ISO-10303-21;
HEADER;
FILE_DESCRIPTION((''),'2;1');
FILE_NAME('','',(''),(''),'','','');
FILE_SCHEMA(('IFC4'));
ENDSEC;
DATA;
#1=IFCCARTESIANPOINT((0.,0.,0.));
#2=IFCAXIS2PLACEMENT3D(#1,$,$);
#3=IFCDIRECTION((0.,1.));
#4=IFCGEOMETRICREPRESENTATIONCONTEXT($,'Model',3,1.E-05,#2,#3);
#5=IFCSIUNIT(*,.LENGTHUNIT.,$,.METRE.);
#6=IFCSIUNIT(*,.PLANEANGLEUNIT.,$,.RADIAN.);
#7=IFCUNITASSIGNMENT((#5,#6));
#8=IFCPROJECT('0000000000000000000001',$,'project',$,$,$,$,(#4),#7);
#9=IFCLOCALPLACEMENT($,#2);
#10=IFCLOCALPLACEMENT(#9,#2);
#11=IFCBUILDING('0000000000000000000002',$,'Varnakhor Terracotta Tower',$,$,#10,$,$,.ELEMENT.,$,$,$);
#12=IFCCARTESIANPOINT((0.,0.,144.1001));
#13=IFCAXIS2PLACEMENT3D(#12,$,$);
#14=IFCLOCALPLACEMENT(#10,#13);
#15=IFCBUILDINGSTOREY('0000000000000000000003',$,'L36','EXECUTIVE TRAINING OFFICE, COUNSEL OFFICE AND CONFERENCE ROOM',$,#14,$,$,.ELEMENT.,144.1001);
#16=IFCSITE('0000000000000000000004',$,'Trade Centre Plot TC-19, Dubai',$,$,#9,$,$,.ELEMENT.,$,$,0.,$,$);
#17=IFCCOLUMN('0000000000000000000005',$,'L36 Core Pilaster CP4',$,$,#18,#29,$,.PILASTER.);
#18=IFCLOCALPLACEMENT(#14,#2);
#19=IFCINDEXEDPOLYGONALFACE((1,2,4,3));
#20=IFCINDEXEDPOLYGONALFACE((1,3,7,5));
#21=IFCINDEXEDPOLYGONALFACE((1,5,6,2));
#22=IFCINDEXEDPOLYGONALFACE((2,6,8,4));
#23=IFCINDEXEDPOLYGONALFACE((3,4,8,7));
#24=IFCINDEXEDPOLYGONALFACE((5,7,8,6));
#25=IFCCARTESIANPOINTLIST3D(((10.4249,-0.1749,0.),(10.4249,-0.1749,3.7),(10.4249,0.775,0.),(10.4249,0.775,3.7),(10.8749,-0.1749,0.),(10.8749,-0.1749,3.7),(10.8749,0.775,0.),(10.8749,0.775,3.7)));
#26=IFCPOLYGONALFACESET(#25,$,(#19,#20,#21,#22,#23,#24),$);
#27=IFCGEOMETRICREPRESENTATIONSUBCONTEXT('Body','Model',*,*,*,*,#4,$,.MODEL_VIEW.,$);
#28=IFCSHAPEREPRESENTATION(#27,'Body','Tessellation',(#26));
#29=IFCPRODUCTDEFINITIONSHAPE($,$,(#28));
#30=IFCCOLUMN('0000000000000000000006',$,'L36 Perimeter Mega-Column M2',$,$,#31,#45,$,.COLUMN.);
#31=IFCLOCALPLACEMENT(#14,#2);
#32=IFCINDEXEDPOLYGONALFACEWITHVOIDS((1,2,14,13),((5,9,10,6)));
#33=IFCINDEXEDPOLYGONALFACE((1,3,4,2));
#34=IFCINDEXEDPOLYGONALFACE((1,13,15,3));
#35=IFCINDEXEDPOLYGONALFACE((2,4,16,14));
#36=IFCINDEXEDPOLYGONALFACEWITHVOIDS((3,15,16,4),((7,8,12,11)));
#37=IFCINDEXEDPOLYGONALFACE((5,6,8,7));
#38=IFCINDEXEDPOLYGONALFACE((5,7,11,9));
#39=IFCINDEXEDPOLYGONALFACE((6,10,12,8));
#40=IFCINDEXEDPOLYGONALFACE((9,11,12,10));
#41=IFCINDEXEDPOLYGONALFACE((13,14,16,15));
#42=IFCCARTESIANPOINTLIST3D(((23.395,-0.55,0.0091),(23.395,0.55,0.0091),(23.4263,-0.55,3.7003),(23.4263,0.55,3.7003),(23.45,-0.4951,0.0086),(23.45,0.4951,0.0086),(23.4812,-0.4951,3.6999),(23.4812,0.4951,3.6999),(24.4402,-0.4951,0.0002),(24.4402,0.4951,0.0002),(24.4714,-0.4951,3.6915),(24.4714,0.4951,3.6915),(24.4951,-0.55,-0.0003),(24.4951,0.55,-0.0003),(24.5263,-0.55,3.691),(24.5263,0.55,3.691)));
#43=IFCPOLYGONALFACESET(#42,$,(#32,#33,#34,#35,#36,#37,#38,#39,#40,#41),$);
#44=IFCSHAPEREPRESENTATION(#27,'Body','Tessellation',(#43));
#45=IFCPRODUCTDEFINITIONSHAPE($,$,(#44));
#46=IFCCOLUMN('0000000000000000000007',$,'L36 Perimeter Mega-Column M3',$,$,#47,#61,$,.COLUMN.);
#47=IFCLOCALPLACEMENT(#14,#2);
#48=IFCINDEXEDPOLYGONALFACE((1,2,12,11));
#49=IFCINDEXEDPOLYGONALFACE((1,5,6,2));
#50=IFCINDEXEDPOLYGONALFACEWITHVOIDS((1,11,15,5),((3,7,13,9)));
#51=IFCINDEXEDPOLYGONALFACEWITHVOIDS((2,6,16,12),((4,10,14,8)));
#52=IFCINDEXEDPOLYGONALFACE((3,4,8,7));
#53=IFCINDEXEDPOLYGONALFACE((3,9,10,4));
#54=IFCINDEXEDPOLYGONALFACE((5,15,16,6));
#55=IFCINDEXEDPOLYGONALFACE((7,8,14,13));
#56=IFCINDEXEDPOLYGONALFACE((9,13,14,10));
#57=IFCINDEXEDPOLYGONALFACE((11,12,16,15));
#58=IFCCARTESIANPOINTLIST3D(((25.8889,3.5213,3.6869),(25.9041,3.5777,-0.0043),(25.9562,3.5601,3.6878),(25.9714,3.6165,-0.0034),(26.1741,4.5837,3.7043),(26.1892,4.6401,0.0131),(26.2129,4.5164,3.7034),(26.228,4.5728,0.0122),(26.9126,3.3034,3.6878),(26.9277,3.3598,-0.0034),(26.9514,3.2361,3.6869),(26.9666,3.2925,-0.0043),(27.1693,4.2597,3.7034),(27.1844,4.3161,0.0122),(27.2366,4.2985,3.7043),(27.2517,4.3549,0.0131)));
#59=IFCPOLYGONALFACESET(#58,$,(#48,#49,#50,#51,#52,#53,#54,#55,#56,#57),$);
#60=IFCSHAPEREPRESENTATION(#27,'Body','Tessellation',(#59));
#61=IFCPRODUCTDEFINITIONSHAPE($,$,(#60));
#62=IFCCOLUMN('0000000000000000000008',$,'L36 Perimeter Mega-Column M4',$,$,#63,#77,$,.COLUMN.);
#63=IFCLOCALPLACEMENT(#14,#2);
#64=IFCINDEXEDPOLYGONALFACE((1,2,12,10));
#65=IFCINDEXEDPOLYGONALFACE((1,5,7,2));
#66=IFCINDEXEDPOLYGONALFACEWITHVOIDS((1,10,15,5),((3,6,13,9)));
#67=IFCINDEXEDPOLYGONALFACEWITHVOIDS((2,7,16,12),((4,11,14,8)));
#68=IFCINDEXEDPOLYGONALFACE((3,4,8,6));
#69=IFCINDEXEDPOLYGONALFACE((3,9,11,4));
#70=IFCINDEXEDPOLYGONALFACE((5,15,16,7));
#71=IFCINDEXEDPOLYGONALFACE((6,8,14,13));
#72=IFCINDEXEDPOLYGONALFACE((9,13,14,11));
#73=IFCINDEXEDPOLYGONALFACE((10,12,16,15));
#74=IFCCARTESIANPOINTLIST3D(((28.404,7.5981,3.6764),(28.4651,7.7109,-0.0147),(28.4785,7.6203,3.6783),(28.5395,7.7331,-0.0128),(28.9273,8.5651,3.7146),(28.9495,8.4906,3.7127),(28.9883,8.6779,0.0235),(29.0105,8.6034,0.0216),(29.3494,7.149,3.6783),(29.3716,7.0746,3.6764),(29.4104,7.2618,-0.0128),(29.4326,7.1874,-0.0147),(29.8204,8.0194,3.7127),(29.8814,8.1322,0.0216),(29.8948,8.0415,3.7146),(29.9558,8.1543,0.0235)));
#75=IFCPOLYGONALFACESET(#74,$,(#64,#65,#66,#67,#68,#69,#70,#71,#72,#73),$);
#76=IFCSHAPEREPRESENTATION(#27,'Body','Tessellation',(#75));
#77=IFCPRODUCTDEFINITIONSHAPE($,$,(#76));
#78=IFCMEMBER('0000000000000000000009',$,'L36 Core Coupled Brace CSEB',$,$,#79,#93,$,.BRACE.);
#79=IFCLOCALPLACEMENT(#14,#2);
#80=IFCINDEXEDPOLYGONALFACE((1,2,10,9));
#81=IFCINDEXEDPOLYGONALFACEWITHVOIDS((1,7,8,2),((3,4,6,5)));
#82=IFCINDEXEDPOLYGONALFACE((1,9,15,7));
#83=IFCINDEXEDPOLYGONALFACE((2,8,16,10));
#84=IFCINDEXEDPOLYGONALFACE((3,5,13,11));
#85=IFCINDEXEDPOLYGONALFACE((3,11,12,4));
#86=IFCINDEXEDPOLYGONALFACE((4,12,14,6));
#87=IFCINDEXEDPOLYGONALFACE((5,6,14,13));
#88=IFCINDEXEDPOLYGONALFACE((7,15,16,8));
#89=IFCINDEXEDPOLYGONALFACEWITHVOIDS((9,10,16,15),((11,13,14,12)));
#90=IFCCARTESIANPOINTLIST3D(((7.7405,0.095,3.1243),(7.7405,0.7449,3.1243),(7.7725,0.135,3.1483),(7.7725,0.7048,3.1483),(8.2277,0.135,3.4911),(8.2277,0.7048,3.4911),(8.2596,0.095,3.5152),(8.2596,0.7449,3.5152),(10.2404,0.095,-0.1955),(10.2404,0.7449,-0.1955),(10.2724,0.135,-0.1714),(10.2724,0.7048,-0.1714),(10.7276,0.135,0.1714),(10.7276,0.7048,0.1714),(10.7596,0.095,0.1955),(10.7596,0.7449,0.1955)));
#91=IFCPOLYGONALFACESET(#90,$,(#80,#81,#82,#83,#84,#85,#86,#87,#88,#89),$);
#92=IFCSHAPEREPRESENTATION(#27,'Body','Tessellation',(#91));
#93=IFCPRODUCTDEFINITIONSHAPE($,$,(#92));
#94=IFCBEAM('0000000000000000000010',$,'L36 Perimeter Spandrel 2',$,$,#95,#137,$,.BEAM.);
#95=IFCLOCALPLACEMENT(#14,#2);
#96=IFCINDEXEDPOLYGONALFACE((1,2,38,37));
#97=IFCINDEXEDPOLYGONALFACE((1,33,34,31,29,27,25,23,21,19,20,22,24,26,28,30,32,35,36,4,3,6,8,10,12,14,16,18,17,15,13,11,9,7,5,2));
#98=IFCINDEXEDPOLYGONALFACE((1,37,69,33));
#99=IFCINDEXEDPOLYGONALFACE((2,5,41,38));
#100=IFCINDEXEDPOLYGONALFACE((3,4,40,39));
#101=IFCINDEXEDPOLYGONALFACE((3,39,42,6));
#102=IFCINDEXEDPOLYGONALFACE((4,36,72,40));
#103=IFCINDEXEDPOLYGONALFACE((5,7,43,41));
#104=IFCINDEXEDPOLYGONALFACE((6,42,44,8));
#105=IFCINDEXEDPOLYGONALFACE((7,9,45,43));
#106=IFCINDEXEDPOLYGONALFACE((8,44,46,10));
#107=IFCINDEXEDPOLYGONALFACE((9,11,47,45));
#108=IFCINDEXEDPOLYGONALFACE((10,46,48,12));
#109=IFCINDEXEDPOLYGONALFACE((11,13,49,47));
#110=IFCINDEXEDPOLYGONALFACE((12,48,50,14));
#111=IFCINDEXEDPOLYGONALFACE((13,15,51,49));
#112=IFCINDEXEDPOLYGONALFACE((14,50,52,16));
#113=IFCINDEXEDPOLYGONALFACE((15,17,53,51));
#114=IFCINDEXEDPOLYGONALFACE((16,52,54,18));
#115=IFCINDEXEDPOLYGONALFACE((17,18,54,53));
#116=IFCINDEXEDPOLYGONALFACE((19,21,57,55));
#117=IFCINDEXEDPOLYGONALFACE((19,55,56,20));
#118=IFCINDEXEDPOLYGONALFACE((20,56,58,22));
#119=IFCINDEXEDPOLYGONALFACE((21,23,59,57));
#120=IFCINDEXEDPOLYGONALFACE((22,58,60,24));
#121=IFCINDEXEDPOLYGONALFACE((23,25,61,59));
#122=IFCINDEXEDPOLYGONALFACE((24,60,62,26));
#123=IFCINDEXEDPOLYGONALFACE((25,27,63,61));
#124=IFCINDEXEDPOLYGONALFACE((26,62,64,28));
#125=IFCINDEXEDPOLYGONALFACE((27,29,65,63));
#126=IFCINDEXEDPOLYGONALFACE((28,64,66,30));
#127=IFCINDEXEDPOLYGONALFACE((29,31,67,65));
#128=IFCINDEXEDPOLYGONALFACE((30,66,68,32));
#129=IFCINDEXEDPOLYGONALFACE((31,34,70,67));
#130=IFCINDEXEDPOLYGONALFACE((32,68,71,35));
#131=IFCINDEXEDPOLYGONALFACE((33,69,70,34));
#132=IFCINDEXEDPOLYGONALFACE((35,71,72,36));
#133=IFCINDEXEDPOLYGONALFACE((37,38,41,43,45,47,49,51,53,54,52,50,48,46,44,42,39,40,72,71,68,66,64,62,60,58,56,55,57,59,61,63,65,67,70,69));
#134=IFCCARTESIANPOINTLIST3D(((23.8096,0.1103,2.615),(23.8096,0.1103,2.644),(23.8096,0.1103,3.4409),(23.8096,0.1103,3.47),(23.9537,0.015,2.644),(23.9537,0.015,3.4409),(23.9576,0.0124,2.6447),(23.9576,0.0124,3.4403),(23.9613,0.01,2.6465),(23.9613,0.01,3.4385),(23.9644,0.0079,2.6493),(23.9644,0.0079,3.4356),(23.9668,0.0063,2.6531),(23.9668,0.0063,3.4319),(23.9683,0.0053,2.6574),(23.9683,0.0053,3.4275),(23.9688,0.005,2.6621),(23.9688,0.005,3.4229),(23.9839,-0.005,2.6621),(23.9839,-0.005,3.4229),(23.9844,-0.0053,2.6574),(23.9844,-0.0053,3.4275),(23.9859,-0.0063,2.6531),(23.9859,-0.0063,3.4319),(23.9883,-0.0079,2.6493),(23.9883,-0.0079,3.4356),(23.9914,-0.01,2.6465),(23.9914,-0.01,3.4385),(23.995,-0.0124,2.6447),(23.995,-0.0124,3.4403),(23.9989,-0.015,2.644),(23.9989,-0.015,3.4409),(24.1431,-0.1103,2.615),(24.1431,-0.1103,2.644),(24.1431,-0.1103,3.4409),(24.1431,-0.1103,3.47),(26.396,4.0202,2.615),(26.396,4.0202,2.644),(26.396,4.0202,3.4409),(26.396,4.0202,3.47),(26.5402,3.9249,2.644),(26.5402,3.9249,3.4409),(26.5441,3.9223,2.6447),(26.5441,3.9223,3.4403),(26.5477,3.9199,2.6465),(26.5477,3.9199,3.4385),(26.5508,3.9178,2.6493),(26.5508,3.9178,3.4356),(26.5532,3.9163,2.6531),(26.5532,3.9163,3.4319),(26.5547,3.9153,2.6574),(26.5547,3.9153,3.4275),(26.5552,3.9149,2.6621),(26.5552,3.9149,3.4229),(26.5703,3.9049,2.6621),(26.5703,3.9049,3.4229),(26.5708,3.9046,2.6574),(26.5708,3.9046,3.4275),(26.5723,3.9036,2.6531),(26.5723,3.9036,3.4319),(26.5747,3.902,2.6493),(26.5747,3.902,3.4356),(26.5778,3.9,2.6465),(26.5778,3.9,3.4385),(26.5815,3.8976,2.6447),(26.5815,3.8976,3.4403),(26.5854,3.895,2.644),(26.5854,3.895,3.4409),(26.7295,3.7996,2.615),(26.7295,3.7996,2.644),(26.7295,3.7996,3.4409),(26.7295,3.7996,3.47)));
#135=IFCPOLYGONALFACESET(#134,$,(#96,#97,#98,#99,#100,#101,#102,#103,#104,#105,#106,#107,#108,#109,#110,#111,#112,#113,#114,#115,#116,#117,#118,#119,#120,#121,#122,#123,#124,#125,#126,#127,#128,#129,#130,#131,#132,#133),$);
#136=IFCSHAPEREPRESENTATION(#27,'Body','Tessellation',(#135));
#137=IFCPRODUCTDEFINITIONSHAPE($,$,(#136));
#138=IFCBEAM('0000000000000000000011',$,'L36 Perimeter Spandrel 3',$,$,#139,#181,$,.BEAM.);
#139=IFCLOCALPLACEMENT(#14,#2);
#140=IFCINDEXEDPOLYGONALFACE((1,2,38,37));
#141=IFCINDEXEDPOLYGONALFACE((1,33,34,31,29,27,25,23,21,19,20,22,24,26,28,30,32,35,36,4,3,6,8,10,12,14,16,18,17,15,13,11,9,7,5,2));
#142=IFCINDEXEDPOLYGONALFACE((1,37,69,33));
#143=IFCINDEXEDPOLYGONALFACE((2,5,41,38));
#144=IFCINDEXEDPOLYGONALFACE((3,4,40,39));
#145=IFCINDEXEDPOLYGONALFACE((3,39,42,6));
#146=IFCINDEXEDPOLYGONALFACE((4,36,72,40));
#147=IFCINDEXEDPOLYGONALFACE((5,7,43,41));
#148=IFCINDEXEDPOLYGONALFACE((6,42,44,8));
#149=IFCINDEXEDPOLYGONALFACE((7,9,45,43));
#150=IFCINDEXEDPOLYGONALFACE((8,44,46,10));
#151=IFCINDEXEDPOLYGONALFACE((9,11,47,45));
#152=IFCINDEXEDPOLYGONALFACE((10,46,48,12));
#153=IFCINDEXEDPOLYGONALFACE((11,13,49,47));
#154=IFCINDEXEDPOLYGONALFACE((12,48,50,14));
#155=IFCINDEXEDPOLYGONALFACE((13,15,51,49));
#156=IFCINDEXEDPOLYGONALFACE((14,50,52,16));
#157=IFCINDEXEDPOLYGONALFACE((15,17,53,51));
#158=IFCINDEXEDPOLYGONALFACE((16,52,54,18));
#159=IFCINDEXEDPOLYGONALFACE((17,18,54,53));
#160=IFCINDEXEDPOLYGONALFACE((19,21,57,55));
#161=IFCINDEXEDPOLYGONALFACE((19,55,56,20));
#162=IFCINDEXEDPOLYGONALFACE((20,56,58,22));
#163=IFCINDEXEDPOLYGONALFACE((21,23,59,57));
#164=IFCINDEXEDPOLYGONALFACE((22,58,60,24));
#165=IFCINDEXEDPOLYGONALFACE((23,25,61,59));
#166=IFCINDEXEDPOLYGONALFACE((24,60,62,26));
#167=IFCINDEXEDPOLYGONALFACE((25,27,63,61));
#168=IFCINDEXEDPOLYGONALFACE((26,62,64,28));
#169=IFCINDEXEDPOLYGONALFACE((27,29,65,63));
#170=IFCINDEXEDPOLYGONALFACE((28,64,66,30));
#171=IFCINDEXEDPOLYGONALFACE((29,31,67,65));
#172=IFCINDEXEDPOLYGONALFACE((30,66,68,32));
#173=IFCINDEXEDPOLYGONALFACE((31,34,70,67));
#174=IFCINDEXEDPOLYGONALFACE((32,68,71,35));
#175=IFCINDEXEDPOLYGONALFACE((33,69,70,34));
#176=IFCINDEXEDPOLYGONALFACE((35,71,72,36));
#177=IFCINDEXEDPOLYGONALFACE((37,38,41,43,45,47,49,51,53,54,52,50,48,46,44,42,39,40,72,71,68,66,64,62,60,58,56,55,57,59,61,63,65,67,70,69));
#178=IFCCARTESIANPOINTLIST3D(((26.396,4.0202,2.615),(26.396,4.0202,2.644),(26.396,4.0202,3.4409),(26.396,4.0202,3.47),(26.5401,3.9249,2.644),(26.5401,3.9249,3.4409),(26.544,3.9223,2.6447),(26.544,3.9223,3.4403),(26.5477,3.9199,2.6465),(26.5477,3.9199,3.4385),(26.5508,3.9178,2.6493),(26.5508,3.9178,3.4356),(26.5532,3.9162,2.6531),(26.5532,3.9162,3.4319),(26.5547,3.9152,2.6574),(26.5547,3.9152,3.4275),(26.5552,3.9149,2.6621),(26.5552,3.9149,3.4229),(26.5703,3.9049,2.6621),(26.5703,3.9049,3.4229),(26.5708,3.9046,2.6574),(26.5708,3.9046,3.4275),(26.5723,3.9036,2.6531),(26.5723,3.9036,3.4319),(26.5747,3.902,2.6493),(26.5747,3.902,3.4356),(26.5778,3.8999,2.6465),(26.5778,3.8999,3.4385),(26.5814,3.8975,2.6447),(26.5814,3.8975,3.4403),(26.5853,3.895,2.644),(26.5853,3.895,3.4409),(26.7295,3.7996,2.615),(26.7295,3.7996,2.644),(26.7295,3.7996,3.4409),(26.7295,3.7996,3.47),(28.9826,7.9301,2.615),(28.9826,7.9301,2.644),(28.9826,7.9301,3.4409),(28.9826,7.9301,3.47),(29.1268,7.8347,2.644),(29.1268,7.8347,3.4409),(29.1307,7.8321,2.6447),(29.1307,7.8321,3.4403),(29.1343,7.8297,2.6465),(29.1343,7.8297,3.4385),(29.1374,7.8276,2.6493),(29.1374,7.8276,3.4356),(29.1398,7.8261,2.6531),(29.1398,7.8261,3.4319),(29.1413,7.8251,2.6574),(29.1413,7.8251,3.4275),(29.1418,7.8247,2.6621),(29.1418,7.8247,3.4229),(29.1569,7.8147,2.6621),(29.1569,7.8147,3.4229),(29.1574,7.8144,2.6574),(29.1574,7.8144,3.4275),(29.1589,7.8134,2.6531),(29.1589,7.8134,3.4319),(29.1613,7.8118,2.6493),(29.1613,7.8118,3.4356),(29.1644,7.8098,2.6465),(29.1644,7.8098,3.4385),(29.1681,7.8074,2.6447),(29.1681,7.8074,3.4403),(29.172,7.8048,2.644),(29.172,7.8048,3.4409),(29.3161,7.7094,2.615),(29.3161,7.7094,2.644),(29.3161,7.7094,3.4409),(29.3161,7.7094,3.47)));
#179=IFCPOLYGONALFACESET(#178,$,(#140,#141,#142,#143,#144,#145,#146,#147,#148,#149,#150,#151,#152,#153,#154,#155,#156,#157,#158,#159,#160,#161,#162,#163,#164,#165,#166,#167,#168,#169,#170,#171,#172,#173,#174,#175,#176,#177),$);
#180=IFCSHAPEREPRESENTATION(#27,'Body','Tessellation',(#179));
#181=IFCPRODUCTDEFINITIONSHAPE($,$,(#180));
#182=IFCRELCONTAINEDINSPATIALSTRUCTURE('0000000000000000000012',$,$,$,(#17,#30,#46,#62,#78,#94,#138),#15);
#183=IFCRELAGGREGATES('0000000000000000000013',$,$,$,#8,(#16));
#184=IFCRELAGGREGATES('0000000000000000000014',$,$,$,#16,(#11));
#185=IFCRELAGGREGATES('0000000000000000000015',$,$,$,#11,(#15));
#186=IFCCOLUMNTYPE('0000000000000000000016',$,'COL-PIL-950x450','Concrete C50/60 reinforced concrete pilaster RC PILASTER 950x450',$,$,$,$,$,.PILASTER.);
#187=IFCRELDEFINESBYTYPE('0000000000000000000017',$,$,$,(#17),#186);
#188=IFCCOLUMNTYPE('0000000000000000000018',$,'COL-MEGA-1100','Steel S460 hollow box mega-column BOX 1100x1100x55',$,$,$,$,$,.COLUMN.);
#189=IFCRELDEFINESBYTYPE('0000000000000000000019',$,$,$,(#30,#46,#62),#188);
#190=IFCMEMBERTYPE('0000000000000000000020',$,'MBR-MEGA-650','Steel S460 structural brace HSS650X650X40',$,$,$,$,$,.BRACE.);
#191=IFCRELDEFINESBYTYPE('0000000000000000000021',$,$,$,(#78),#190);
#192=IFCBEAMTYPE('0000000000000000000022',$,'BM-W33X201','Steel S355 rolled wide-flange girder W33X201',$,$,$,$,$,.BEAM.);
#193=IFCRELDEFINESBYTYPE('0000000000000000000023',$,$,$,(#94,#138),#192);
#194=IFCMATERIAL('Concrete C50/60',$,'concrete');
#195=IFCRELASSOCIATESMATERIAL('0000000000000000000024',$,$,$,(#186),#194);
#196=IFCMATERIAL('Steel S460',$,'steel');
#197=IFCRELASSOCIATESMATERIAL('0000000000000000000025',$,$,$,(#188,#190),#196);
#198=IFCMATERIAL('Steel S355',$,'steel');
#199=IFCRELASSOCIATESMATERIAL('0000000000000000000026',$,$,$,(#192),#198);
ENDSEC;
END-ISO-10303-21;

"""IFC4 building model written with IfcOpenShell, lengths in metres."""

from ifc_helpers import new_model, si_unit, direction, frame, origin, origin_2d, place, context, subcontext, project, spatial, rectangle, hollow_rectangle, i_section, extrude, source, transform, mapped, material, material_profile, profile_set, type_object, element, save


model = new_model("IFC4")

# Units and contexts
model_context = context("Model", 3, precision=1e-05, world=origin(), true_north=direction((0.0, 1.0)))
body_context = subcontext(model_context, "Body", "Model", "MODEL_VIEW")
ifc_project = project(units=[si_unit("LENGTHUNIT", "METRE"), si_unit("PLANEANGLEUNIT", "RADIAN")], contexts=[model_context])

# Site, building, storey
site_placement = place(None, origin())
site = spatial("IfcSite", under=ifc_project, at=site_placement, Name="Trade Centre Plot TC-19, Dubai", CompositionType="ELEMENT", RefElevation=0.0)
building_placement = place(site_placement, origin())
building = spatial("IfcBuilding", under=site, at=building_placement, Name="Varnakhor Terracotta Tower", CompositionType="ELEMENT")
storey_placement = place(building_placement, frame((0.0, 0.0, 144.1001)))
storey = spatial("IfcBuildingStorey", under=building, at=storey_placement, Name="L36", Description="EXECUTIVE TRAINING OFFICE, COUNSEL OFFICE AND CONFERENCE ROOM", CompositionType="ELEMENT", Elevation=144.1001)

# Columns
ifc_material_1 = material(Name="Concrete C50/60", Category="concrete")
ifc_material_profile_1 = material_profile(ifc_material_1, rectangle(XDim=0.45, YDim=0.95, at=origin_2d()), Name="RC PILASTER 950x450")
ifc_profile_set_1 = profile_set([ifc_material_profile_1], Name="Concrete C50/60")
column_type_1 = type_object("IfcColumnType", Name="COL-PIL-950x450", Description="Concrete C50/60 reinforced concrete pilaster RC PILASTER 950x450", PredefinedType="PILASTER", material=ifc_profile_set_1)
shared_shape_1 = source(origin(), body_context, "Body", "SweptSolid", [
    extrude(rectangle(XDim=0.45, YDim=0.95, at=origin_2d()), origin(), (0.0, 0.0, 1.0), 3.7),
])
column_1_placement = place(storey_placement, frame((10.6499, 0.3, 0.0), z_axis=(0.0, 0.0, 1.0), x_axis=(1.0, 0.0, 0.0)))
element("IfcColumn", 1, at=column_1_placement, inside=storey, type_object=column_type_1, Name="L36 Core Pilaster CP4", PredefinedType="PILASTER", context=body_context, shape_type="MappedRepresentation", body=[
    mapped(shared_shape_1, transform((0.0, 0.0, 0.0), scale=1.0)),
])
ifc_material_2 = material(Name="Steel S460", Category="steel")
ifc_material_profile_2 = material_profile(ifc_material_2, hollow_rectangle(XDim=1.1001, YDim=1.1001, WallThickness=0.0549, at=origin_2d()), Name="BOX 1100x1100x55")
ifc_profile_set_2 = profile_set([ifc_material_profile_2], Name="Steel S460")
column_type_2 = type_object("IfcColumnType", Name="COL-MEGA-1100", Description="Steel S460 hollow box mega-column BOX 1100x1100x55", PredefinedType="COLUMN", material=ifc_profile_set_2)
shared_shape_2 = source(origin(), body_context, "Body", "SweptSolid", [
    extrude(hollow_rectangle(XDim=1.1001, YDim=1.1001, WallThickness=0.0549, at=origin_2d()), origin(), (0.0, 0.0, 1.0), 3.6914),
])
column_2_placement = place(storey_placement, frame((23.9451, 0.0, 0.0044), z_axis=(0.008466, 0.0, 0.999964), x_axis=(0.0, 1.0, 0.0)))
element("IfcColumn", 2, at=column_2_placement, inside=storey, type_object=column_type_2, Name="L36 Perimeter Mega-Column M2", PredefinedType="COLUMN", context=body_context, shape_type="MappedRepresentation", body=[
    mapped(shared_shape_2, transform((0.0, 0.0, 0.0), scale=1.0)),
])
shared_shape_3 = source(origin(), body_context, "Body", "SweptSolid", [
    extrude(hollow_rectangle(XDim=1.1001, YDim=1.1001, WallThickness=0.0549, at=origin_2d()), origin(), (0.0, 0.0, 1.0), 3.6917),
])
column_3_placement = place(storey_placement, frame((26.5779, 3.9663, 0.0044), z_axis=(-0.0041, -0.015277, 0.999875), x_axis=(0.965817, -0.259224, 0.0)))
element("IfcColumn", 3, at=column_3_placement, inside=storey, type_object=column_type_2, Name="L36 Perimeter Mega-Column M3", PredefinedType="COLUMN", context=body_context, shape_type="MappedRepresentation", body=[
    mapped(shared_shape_3, transform((0.0, 0.0, 0.0), scale=1.0)),
])
shared_shape_4 = source(origin(), body_context, "Body", "SweptSolid", [
    extrude(hollow_rectangle(XDim=1.1001, YDim=1.1001, WallThickness=0.0549, at=origin_2d()), origin(), (0.0, 0.0, 1.0), 3.6934),
])
column_4_placement = place(storey_placement, frame((29.2104, 7.9326, 0.0044), z_axis=(-0.016526, -0.030539, 0.999397), x_axis=(0.879491, -0.475915, 0.0)))
element("IfcColumn", 4, at=column_4_placement, inside=storey, type_object=column_type_2, Name="L36 Perimeter Mega-Column M4", PredefinedType="COLUMN", context=body_context, shape_type="MappedRepresentation", body=[
    mapped(shared_shape_4, transform((0.0, 0.0, 0.0), scale=1.0)),
])

# Member
ifc_material_profile_3 = material_profile(ifc_material_2, hollow_rectangle(XDim=0.6499, YDim=0.6499, WallThickness=0.04, at=origin_2d()), Name="HSS650X650X40")
ifc_profile_set_3 = profile_set([ifc_material_profile_3], Name="Steel S460")
member_type_1 = type_object("IfcMemberType", Name="MBR-MEGA-650", Description="Steel S460 structural brace HSS650X650X40", PredefinedType="BRACE", material=ifc_profile_set_3)
shared_shape_5 = source(origin(), body_context, "Body", "SweptSolid", [
    extrude(hollow_rectangle(XDim=0.6499, YDim=0.6499, WallThickness=0.04, at=origin_2d()), origin(), (0.0, 0.0, 1.0), 4.1558),
])
member_1_placement = place(storey_placement, frame((10.5, 0.4199, 0.0), z_axis=(-0.601559, 0.0, 0.798828), x_axis=(0.0, -1.0, 0.0)))
element("IfcMember", 5, at=member_1_placement, inside=storey, type_object=member_type_1, Name="L36 Core Coupled Brace CSEB", PredefinedType="BRACE", context=body_context, shape_type="MappedRepresentation", body=[
    mapped(shared_shape_5, transform((0.0, 0.0, 0.0), scale=1.0)),
])

# Beams
ifc_material_3 = material(Name="Steel S355", Category="steel")
ifc_material_profile_4 = material_profile(ifc_material_3, i_section(OverallWidth=0.3999, OverallDepth=0.855, WebThickness=0.0181, FlangeThickness=0.0291, FilletRadius=0.0181, at=origin_2d()), Name="W33X201")
ifc_profile_set_4 = profile_set([ifc_material_profile_4], Name="Steel S355")
beam_type_1 = type_object("IfcBeamType", Name="BM-W33X201", Description="Steel S355 rolled wide-flange girder W33X201", PredefinedType="BEAM", material=ifc_profile_set_4)
shared_shape_6 = source(origin(), body_context, "Body", "SweptSolid", [
    extrude(i_section(OverallWidth=0.3999, OverallDepth=0.855, WebThickness=0.0181, FlangeThickness=0.0291, FilletRadius=0.0181, at=origin_2d()), origin(), (0.0, 0.0, 1.0), 4.688),
])
for number, where, z_axis, x_axis, name in (
    (6, (23.9763, 0.0, 3.0425), (0.551716, 0.834032, 0.0), (-0.834032, 0.551716, 0.0), "L36 Perimeter Spandrel 2"),
    (7, (26.5627, 3.9099, 3.0425), (0.551752, 0.834008, 0.0), (-0.834008, 0.551752, 0.0), "L36 Perimeter Spandrel 3"),
):
    element("IfcBeam", number, at=place(storey_placement, frame(where, z_axis=z_axis, x_axis=x_axis)), inside=storey, type_object=beam_type_1, Name=name, PredefinedType="BEAM", context=body_context, shape_type="MappedRepresentation", body=[
        mapped(shared_shape_6, transform((0.0, 0.0, 0.0), scale=1.0)),
    ])

save(model, "model.ifc")
